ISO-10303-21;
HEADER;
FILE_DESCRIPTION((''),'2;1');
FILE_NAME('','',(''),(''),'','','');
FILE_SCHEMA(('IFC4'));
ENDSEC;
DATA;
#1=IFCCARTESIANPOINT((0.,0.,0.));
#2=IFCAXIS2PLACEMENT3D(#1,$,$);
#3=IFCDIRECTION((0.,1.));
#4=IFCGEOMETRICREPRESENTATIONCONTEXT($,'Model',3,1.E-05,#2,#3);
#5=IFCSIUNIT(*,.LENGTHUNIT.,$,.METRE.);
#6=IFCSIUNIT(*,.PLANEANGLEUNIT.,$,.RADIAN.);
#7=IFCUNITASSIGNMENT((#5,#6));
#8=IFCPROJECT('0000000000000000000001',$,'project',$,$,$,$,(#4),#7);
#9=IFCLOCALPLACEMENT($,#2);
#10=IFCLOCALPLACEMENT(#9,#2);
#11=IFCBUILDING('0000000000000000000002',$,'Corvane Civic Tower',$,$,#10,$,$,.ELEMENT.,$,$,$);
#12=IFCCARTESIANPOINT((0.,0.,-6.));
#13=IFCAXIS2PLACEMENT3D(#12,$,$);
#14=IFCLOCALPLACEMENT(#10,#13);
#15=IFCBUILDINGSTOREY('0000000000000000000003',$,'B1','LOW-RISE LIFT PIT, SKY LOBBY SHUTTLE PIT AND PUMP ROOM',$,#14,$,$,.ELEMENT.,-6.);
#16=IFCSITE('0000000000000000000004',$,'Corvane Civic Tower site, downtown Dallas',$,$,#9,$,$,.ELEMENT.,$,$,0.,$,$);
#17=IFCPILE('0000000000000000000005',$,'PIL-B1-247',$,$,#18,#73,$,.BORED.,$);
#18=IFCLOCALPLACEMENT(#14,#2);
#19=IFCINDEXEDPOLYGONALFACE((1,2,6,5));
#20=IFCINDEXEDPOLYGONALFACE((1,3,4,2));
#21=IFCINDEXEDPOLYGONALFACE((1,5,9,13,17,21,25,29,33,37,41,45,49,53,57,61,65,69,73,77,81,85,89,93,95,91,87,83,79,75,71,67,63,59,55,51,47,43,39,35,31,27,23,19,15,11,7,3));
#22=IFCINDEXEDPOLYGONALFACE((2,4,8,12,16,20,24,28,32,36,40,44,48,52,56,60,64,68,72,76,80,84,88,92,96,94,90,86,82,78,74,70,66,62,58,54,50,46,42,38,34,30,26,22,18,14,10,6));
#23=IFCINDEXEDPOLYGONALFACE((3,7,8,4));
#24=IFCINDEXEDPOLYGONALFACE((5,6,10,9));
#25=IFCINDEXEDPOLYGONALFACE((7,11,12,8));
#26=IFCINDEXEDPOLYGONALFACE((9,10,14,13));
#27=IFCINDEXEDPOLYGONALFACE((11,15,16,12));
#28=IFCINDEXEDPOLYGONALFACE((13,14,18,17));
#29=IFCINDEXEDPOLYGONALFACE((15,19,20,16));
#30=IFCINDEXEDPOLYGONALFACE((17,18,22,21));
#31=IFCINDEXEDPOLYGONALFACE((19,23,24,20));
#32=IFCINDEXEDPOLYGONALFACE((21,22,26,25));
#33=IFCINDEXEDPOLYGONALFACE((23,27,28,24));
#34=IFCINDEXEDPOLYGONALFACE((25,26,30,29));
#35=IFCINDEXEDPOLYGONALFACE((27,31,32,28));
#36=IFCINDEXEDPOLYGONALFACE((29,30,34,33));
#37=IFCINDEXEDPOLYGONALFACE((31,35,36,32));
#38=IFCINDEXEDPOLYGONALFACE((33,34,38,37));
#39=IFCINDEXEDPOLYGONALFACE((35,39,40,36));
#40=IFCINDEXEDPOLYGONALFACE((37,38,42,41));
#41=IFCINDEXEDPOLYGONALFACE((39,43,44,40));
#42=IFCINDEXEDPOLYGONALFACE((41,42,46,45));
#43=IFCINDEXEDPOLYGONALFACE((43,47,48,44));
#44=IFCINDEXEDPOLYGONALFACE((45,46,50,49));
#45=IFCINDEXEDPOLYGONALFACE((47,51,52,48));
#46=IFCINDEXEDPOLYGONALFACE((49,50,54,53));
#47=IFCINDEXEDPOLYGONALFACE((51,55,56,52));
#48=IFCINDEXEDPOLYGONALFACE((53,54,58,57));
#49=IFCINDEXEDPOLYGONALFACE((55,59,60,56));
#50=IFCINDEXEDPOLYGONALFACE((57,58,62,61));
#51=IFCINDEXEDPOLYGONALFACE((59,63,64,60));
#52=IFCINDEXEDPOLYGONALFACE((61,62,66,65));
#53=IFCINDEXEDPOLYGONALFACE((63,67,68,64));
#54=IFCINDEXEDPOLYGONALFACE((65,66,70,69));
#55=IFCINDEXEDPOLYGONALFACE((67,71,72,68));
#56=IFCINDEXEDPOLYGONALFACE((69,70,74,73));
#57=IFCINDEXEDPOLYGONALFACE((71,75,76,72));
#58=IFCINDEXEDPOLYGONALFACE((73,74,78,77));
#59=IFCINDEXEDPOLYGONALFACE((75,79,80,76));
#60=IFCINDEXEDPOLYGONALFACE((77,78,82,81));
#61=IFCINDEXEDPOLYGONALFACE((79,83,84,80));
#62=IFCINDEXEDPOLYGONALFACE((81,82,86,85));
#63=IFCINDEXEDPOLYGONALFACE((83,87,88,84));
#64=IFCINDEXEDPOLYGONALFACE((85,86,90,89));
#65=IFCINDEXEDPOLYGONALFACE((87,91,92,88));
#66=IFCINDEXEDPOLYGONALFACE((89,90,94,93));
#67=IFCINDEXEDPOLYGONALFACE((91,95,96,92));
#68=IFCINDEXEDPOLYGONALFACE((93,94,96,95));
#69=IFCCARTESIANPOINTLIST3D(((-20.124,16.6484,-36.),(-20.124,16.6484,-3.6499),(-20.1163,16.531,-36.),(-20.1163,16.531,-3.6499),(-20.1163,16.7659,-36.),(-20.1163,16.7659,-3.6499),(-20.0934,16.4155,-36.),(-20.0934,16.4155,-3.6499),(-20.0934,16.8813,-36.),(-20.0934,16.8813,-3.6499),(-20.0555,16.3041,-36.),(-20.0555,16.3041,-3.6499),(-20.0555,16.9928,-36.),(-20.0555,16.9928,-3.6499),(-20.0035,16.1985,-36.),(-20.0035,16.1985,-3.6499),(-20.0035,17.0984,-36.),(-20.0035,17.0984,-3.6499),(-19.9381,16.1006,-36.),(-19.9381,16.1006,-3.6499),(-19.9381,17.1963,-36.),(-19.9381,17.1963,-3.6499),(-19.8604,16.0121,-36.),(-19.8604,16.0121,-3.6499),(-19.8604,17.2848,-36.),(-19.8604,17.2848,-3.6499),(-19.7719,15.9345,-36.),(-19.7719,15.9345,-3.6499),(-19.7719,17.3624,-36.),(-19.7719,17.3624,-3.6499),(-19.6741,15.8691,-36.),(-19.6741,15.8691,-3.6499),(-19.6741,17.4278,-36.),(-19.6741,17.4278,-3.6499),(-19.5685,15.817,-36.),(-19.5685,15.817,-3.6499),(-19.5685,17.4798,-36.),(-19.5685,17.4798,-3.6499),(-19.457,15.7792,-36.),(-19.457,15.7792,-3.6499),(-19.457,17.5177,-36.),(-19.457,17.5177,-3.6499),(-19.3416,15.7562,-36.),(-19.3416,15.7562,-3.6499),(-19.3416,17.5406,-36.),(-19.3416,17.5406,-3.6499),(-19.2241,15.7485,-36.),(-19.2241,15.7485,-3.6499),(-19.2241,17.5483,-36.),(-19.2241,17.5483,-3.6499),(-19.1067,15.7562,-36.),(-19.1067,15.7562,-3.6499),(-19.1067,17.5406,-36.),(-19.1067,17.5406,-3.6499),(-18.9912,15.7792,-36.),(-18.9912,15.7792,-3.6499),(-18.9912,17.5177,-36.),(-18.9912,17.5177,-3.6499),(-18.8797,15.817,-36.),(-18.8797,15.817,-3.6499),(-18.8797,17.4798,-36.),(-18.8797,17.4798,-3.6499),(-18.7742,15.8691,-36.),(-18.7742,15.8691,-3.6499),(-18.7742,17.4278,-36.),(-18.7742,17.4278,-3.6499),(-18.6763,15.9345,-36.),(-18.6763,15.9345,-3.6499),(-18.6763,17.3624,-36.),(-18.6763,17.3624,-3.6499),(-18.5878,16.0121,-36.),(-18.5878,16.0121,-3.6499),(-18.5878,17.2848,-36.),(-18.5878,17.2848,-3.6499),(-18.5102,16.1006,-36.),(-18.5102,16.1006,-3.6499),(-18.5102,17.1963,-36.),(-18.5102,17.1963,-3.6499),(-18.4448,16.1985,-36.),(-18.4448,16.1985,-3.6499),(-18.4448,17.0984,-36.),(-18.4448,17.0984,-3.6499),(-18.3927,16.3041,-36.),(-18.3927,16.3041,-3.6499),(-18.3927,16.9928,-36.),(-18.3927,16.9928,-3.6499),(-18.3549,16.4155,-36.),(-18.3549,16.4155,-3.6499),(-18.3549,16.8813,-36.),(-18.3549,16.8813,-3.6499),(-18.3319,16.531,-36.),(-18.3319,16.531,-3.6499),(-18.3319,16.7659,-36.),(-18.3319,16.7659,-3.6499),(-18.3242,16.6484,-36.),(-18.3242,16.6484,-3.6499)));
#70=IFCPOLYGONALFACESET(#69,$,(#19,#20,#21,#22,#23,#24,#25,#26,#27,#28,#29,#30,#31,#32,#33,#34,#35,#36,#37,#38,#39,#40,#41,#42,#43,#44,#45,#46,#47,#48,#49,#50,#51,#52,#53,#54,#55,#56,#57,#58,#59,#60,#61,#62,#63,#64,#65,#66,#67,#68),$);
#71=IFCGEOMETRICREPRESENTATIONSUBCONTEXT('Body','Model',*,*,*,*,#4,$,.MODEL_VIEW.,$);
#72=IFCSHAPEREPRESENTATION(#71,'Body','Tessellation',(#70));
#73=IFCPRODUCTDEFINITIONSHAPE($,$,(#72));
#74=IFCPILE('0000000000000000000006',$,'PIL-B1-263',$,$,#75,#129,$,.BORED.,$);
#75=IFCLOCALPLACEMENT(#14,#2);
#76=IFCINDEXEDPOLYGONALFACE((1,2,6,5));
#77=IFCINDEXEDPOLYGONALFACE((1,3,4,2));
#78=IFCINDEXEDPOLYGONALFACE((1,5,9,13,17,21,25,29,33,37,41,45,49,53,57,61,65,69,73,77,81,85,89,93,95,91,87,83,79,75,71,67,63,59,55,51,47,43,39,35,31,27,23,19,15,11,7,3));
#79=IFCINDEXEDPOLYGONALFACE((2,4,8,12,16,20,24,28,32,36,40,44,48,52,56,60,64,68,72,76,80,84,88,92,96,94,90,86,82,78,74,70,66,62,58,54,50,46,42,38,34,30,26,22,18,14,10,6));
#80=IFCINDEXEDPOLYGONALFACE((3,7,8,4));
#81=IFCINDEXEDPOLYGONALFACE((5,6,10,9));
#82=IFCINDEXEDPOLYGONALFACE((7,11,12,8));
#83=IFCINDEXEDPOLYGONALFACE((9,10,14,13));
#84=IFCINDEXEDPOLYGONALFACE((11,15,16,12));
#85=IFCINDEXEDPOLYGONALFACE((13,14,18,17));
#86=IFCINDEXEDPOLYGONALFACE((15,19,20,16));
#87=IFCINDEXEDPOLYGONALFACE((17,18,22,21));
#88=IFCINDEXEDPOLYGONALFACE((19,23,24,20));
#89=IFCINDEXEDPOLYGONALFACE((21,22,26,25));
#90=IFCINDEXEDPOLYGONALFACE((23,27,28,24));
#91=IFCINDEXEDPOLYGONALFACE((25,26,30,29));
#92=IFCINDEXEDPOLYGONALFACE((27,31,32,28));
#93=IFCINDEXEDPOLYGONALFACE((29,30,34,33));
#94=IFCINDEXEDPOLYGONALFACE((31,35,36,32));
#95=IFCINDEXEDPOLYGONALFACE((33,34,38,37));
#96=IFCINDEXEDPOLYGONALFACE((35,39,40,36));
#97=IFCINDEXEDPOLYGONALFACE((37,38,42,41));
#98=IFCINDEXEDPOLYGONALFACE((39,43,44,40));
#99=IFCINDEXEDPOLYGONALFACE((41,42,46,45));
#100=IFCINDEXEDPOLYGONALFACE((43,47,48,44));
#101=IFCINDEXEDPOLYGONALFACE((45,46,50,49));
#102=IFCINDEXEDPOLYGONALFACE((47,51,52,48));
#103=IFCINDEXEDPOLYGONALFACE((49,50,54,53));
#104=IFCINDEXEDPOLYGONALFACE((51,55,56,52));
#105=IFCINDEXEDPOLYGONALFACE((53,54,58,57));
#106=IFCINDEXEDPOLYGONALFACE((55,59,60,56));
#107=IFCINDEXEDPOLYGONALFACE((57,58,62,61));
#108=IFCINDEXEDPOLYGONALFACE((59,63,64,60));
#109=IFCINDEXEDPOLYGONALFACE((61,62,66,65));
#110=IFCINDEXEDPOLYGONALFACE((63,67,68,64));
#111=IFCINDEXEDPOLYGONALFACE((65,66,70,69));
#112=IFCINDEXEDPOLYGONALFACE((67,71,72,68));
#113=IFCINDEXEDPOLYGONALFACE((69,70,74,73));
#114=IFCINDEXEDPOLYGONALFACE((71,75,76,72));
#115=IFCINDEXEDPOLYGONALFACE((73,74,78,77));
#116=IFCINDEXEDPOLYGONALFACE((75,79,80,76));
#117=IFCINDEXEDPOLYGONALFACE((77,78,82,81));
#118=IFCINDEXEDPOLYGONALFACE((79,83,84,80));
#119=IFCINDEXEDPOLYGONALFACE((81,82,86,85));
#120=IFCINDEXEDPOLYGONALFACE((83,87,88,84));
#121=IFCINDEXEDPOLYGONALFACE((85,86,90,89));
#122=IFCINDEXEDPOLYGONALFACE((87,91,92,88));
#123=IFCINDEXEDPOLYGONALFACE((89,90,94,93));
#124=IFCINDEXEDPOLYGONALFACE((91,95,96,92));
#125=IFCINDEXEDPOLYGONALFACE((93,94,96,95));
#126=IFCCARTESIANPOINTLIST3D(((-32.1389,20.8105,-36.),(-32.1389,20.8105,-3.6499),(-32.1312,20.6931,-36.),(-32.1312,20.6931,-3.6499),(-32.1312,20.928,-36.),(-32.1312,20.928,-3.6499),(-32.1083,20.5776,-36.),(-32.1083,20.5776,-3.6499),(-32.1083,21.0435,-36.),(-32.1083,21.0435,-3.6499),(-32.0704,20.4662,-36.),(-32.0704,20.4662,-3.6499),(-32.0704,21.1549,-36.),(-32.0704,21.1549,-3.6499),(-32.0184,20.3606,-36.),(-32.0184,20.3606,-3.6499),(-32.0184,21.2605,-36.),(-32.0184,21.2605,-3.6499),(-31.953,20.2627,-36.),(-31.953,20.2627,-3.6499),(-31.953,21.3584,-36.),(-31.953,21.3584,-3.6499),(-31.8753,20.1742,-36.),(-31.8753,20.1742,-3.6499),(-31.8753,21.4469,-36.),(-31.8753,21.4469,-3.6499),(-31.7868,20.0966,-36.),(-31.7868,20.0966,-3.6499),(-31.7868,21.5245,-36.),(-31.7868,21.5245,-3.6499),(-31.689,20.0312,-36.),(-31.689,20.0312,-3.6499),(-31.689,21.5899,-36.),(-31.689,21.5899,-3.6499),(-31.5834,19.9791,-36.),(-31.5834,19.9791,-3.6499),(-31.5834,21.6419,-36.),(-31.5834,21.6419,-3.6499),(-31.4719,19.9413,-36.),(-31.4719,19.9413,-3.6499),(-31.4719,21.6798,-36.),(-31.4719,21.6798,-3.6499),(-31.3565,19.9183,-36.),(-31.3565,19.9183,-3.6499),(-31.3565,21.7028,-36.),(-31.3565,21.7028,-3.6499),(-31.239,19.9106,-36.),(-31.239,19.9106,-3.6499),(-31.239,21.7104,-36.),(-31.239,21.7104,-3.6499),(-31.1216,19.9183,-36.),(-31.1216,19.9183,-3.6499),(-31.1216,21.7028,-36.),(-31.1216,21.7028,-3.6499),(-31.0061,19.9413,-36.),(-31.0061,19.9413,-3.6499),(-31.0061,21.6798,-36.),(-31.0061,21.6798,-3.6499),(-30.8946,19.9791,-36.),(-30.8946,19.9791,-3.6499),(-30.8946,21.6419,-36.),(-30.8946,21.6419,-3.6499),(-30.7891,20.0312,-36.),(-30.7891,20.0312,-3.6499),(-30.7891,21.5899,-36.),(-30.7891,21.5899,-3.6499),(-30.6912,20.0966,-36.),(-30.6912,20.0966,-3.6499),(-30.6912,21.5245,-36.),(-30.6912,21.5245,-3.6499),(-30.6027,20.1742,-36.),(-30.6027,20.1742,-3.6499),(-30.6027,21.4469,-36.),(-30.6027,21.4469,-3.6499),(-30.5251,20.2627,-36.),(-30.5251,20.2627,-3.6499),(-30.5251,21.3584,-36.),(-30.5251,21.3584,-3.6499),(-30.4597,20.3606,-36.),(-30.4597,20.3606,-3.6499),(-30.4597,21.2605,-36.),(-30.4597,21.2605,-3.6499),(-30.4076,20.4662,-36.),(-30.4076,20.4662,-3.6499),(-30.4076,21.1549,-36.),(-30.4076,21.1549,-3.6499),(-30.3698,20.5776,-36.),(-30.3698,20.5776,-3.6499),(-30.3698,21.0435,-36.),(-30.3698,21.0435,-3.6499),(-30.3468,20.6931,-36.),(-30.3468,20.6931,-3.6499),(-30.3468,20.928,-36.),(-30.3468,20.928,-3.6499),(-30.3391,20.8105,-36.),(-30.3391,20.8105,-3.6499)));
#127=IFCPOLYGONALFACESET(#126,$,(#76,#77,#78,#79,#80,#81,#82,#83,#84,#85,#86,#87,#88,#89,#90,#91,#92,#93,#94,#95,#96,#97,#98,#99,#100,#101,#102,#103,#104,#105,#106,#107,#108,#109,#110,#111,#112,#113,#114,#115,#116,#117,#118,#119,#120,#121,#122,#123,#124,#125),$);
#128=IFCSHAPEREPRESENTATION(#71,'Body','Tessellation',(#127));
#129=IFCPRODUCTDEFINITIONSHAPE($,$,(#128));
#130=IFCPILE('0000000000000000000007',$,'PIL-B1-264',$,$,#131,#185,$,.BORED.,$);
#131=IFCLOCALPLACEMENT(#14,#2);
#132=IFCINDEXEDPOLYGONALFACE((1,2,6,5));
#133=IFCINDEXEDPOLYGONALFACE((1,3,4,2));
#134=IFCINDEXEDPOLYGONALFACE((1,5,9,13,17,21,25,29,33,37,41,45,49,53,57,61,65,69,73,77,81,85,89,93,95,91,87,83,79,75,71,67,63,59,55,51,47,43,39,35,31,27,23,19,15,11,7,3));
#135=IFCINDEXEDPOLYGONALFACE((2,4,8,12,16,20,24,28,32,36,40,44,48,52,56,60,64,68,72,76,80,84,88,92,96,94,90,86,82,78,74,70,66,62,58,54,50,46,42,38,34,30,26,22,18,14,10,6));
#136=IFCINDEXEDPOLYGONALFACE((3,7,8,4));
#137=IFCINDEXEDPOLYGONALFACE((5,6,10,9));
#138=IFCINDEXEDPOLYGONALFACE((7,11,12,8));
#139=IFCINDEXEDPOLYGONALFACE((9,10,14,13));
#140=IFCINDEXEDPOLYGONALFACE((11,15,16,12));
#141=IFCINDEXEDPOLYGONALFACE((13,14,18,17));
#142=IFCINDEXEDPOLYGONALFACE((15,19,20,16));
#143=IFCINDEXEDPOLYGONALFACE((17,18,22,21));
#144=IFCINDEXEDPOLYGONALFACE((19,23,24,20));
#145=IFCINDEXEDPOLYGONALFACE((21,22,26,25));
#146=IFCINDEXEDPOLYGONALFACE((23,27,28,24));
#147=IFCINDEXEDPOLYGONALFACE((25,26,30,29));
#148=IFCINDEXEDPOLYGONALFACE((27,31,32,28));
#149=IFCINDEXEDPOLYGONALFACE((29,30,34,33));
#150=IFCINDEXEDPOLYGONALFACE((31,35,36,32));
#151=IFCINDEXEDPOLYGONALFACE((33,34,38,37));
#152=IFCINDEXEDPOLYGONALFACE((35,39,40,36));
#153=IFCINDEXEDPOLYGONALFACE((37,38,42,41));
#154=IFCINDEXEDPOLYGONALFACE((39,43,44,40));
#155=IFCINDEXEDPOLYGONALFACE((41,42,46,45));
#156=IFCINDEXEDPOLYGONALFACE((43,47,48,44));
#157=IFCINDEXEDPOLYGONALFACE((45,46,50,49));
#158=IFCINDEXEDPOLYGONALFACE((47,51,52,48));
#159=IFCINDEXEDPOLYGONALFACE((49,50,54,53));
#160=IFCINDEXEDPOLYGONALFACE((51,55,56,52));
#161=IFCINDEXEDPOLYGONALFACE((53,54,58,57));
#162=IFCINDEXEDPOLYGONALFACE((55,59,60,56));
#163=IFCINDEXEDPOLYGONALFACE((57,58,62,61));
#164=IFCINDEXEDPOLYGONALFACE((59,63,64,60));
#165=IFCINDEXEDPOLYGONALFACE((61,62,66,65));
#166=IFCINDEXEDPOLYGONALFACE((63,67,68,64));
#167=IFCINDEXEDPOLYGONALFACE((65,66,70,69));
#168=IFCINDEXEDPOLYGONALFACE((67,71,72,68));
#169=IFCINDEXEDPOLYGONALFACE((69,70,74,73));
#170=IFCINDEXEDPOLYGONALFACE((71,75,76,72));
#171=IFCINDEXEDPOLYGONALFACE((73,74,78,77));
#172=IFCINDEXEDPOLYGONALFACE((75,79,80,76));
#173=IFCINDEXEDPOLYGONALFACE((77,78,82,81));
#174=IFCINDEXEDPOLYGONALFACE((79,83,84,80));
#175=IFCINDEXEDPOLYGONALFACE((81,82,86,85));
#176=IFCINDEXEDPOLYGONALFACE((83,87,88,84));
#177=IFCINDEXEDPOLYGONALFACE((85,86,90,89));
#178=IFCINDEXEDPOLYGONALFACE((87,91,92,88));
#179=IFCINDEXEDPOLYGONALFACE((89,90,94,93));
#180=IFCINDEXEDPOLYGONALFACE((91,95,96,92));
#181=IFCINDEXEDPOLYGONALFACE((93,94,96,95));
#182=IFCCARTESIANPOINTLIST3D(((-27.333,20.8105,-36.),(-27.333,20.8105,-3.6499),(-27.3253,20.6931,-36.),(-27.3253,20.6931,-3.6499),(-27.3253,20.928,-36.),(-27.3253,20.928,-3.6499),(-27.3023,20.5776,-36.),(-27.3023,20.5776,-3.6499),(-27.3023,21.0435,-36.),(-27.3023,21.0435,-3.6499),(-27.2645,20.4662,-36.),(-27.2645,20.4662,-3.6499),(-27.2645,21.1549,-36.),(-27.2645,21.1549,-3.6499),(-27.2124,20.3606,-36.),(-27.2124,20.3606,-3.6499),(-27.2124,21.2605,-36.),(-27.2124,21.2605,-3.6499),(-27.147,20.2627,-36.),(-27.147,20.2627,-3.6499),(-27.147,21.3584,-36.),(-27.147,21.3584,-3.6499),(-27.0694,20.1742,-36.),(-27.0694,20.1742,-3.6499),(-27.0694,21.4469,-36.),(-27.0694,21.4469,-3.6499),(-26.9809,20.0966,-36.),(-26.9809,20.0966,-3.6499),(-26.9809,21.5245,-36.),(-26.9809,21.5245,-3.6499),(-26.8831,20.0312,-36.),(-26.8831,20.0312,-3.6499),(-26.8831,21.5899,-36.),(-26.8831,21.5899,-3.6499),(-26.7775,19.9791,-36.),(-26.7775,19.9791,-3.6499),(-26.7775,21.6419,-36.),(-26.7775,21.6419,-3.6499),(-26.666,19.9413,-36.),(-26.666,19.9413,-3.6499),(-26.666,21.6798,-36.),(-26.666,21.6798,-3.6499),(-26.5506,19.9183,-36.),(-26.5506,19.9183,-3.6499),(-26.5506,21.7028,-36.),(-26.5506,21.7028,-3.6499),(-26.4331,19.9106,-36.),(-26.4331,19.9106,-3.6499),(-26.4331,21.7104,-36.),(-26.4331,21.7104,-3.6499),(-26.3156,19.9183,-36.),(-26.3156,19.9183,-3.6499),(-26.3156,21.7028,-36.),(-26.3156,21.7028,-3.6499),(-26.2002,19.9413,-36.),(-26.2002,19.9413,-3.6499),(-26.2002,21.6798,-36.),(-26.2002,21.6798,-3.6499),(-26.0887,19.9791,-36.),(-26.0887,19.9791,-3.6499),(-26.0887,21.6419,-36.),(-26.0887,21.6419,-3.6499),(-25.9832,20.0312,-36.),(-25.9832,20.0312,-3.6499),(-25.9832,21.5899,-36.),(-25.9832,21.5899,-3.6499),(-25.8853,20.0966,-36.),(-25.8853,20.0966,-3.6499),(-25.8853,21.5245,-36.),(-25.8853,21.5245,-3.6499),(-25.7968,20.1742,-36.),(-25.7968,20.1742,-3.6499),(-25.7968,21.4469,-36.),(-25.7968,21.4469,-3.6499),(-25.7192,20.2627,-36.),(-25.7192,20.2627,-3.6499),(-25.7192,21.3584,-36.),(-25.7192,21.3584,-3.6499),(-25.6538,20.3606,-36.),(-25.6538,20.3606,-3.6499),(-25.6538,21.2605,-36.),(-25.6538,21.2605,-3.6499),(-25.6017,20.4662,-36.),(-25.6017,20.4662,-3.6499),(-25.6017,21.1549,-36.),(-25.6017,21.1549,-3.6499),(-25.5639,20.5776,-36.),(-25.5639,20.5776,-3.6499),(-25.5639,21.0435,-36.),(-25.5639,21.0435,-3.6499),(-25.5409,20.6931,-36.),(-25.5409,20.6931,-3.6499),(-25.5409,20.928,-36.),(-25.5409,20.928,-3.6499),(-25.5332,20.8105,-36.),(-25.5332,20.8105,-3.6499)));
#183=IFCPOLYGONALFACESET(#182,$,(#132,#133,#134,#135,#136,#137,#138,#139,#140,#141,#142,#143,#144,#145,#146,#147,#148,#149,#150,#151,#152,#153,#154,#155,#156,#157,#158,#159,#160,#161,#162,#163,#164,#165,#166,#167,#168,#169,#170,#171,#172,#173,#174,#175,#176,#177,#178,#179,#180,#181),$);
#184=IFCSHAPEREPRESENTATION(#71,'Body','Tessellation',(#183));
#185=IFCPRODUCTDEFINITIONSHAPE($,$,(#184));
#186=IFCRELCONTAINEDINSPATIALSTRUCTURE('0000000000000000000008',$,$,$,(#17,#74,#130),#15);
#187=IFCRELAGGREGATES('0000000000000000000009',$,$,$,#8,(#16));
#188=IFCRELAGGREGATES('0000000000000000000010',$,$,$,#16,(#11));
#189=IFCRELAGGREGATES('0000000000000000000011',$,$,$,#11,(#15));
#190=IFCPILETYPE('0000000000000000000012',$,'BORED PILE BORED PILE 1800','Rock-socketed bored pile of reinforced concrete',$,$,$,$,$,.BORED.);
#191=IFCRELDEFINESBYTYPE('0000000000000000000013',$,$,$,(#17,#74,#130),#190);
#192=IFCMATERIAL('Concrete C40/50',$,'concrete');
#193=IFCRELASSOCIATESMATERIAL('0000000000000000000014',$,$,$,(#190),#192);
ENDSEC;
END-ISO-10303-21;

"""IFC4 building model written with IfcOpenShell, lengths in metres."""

from ifc_helpers import new_model, si_unit, direction, frame, origin, origin_2d, place, context, subcontext, project, spatial, circle, extrude, material, material_profile, profile_set, type_object, element, save


model = new_model("IFC4")

# Units and contexts
model_context = context("Model", 3, precision=1e-05, world=origin(), true_north=direction((0.0, 1.0)))
body_context = subcontext(model_context, "Body", "Model", "MODEL_VIEW")
ifc_project = project(units=[si_unit("LENGTHUNIT", "METRE"), si_unit("PLANEANGLEUNIT", "RADIAN")], contexts=[model_context])

# Site, building, storey
site_placement = place(None, origin())
site = spatial("IfcSite", under=ifc_project, at=site_placement, Name="Corvane Civic Tower site, downtown Dallas", CompositionType="ELEMENT", RefElevation=0.0)
building_placement = place(site_placement, origin())
building = spatial("IfcBuilding", under=site, at=building_placement, Name="Corvane Civic Tower", CompositionType="ELEMENT")
storey_placement = place(building_placement, frame((0.0, 0.0, -6.0)))
storey = spatial("IfcBuildingStorey", under=building, at=storey_placement, Name="B1", Description="LOW-RISE LIFT PIT, SKY LOBBY SHUTTLE PIT AND PUMP ROOM", CompositionType="ELEMENT", Elevation=-6.0)

# Piles
ifc_material_1 = material(Name="Concrete C40/50", Category="concrete")
ifc_material_profile_1 = material_profile(ifc_material_1, circle(Radius=0.8999, at=origin_2d()), Name="BORED PILE 1800")
ifc_profile_set_1 = profile_set([ifc_material_profile_1], Name="Concrete C40/50")
pile_type = type_object("IfcPileType", Name="BORED PILE BORED PILE 1800", Description="Rock-socketed bored pile of reinforced concrete", PredefinedType="BORED", material=ifc_profile_set_1)
for number, where, z_axis, x_axis, name in (
    (1, (-19.2241, 16.6484, -3.6499), (0.0, 0.0, -1.0), (1.0, 0.0, 0.0), "PIL-B1-247"),
    (2, (-31.239, 20.8105, -3.6499), (0.0, 0.0, -1.0), (1.0, 0.0, 0.0), "PIL-B1-263"),
    (3, (-26.4331, 20.8105, -3.6499), (0.0, 0.0, -1.0), (1.0, 0.0, 0.0), "PIL-B1-264"),
):
    element("IfcPile", number, at=place(storey_placement, frame(where, z_axis=z_axis, x_axis=x_axis)), inside=storey, type_object=pile_type, Name=name, PredefinedType="BORED", context=body_context, shape_type="SweptSolid", body=[
        extrude(circle(Radius=0.8999, at=origin_2d()), origin(), (0.0, 0.0, 1.0), 32.3501),
    ])

save(model, "model.ifc")
